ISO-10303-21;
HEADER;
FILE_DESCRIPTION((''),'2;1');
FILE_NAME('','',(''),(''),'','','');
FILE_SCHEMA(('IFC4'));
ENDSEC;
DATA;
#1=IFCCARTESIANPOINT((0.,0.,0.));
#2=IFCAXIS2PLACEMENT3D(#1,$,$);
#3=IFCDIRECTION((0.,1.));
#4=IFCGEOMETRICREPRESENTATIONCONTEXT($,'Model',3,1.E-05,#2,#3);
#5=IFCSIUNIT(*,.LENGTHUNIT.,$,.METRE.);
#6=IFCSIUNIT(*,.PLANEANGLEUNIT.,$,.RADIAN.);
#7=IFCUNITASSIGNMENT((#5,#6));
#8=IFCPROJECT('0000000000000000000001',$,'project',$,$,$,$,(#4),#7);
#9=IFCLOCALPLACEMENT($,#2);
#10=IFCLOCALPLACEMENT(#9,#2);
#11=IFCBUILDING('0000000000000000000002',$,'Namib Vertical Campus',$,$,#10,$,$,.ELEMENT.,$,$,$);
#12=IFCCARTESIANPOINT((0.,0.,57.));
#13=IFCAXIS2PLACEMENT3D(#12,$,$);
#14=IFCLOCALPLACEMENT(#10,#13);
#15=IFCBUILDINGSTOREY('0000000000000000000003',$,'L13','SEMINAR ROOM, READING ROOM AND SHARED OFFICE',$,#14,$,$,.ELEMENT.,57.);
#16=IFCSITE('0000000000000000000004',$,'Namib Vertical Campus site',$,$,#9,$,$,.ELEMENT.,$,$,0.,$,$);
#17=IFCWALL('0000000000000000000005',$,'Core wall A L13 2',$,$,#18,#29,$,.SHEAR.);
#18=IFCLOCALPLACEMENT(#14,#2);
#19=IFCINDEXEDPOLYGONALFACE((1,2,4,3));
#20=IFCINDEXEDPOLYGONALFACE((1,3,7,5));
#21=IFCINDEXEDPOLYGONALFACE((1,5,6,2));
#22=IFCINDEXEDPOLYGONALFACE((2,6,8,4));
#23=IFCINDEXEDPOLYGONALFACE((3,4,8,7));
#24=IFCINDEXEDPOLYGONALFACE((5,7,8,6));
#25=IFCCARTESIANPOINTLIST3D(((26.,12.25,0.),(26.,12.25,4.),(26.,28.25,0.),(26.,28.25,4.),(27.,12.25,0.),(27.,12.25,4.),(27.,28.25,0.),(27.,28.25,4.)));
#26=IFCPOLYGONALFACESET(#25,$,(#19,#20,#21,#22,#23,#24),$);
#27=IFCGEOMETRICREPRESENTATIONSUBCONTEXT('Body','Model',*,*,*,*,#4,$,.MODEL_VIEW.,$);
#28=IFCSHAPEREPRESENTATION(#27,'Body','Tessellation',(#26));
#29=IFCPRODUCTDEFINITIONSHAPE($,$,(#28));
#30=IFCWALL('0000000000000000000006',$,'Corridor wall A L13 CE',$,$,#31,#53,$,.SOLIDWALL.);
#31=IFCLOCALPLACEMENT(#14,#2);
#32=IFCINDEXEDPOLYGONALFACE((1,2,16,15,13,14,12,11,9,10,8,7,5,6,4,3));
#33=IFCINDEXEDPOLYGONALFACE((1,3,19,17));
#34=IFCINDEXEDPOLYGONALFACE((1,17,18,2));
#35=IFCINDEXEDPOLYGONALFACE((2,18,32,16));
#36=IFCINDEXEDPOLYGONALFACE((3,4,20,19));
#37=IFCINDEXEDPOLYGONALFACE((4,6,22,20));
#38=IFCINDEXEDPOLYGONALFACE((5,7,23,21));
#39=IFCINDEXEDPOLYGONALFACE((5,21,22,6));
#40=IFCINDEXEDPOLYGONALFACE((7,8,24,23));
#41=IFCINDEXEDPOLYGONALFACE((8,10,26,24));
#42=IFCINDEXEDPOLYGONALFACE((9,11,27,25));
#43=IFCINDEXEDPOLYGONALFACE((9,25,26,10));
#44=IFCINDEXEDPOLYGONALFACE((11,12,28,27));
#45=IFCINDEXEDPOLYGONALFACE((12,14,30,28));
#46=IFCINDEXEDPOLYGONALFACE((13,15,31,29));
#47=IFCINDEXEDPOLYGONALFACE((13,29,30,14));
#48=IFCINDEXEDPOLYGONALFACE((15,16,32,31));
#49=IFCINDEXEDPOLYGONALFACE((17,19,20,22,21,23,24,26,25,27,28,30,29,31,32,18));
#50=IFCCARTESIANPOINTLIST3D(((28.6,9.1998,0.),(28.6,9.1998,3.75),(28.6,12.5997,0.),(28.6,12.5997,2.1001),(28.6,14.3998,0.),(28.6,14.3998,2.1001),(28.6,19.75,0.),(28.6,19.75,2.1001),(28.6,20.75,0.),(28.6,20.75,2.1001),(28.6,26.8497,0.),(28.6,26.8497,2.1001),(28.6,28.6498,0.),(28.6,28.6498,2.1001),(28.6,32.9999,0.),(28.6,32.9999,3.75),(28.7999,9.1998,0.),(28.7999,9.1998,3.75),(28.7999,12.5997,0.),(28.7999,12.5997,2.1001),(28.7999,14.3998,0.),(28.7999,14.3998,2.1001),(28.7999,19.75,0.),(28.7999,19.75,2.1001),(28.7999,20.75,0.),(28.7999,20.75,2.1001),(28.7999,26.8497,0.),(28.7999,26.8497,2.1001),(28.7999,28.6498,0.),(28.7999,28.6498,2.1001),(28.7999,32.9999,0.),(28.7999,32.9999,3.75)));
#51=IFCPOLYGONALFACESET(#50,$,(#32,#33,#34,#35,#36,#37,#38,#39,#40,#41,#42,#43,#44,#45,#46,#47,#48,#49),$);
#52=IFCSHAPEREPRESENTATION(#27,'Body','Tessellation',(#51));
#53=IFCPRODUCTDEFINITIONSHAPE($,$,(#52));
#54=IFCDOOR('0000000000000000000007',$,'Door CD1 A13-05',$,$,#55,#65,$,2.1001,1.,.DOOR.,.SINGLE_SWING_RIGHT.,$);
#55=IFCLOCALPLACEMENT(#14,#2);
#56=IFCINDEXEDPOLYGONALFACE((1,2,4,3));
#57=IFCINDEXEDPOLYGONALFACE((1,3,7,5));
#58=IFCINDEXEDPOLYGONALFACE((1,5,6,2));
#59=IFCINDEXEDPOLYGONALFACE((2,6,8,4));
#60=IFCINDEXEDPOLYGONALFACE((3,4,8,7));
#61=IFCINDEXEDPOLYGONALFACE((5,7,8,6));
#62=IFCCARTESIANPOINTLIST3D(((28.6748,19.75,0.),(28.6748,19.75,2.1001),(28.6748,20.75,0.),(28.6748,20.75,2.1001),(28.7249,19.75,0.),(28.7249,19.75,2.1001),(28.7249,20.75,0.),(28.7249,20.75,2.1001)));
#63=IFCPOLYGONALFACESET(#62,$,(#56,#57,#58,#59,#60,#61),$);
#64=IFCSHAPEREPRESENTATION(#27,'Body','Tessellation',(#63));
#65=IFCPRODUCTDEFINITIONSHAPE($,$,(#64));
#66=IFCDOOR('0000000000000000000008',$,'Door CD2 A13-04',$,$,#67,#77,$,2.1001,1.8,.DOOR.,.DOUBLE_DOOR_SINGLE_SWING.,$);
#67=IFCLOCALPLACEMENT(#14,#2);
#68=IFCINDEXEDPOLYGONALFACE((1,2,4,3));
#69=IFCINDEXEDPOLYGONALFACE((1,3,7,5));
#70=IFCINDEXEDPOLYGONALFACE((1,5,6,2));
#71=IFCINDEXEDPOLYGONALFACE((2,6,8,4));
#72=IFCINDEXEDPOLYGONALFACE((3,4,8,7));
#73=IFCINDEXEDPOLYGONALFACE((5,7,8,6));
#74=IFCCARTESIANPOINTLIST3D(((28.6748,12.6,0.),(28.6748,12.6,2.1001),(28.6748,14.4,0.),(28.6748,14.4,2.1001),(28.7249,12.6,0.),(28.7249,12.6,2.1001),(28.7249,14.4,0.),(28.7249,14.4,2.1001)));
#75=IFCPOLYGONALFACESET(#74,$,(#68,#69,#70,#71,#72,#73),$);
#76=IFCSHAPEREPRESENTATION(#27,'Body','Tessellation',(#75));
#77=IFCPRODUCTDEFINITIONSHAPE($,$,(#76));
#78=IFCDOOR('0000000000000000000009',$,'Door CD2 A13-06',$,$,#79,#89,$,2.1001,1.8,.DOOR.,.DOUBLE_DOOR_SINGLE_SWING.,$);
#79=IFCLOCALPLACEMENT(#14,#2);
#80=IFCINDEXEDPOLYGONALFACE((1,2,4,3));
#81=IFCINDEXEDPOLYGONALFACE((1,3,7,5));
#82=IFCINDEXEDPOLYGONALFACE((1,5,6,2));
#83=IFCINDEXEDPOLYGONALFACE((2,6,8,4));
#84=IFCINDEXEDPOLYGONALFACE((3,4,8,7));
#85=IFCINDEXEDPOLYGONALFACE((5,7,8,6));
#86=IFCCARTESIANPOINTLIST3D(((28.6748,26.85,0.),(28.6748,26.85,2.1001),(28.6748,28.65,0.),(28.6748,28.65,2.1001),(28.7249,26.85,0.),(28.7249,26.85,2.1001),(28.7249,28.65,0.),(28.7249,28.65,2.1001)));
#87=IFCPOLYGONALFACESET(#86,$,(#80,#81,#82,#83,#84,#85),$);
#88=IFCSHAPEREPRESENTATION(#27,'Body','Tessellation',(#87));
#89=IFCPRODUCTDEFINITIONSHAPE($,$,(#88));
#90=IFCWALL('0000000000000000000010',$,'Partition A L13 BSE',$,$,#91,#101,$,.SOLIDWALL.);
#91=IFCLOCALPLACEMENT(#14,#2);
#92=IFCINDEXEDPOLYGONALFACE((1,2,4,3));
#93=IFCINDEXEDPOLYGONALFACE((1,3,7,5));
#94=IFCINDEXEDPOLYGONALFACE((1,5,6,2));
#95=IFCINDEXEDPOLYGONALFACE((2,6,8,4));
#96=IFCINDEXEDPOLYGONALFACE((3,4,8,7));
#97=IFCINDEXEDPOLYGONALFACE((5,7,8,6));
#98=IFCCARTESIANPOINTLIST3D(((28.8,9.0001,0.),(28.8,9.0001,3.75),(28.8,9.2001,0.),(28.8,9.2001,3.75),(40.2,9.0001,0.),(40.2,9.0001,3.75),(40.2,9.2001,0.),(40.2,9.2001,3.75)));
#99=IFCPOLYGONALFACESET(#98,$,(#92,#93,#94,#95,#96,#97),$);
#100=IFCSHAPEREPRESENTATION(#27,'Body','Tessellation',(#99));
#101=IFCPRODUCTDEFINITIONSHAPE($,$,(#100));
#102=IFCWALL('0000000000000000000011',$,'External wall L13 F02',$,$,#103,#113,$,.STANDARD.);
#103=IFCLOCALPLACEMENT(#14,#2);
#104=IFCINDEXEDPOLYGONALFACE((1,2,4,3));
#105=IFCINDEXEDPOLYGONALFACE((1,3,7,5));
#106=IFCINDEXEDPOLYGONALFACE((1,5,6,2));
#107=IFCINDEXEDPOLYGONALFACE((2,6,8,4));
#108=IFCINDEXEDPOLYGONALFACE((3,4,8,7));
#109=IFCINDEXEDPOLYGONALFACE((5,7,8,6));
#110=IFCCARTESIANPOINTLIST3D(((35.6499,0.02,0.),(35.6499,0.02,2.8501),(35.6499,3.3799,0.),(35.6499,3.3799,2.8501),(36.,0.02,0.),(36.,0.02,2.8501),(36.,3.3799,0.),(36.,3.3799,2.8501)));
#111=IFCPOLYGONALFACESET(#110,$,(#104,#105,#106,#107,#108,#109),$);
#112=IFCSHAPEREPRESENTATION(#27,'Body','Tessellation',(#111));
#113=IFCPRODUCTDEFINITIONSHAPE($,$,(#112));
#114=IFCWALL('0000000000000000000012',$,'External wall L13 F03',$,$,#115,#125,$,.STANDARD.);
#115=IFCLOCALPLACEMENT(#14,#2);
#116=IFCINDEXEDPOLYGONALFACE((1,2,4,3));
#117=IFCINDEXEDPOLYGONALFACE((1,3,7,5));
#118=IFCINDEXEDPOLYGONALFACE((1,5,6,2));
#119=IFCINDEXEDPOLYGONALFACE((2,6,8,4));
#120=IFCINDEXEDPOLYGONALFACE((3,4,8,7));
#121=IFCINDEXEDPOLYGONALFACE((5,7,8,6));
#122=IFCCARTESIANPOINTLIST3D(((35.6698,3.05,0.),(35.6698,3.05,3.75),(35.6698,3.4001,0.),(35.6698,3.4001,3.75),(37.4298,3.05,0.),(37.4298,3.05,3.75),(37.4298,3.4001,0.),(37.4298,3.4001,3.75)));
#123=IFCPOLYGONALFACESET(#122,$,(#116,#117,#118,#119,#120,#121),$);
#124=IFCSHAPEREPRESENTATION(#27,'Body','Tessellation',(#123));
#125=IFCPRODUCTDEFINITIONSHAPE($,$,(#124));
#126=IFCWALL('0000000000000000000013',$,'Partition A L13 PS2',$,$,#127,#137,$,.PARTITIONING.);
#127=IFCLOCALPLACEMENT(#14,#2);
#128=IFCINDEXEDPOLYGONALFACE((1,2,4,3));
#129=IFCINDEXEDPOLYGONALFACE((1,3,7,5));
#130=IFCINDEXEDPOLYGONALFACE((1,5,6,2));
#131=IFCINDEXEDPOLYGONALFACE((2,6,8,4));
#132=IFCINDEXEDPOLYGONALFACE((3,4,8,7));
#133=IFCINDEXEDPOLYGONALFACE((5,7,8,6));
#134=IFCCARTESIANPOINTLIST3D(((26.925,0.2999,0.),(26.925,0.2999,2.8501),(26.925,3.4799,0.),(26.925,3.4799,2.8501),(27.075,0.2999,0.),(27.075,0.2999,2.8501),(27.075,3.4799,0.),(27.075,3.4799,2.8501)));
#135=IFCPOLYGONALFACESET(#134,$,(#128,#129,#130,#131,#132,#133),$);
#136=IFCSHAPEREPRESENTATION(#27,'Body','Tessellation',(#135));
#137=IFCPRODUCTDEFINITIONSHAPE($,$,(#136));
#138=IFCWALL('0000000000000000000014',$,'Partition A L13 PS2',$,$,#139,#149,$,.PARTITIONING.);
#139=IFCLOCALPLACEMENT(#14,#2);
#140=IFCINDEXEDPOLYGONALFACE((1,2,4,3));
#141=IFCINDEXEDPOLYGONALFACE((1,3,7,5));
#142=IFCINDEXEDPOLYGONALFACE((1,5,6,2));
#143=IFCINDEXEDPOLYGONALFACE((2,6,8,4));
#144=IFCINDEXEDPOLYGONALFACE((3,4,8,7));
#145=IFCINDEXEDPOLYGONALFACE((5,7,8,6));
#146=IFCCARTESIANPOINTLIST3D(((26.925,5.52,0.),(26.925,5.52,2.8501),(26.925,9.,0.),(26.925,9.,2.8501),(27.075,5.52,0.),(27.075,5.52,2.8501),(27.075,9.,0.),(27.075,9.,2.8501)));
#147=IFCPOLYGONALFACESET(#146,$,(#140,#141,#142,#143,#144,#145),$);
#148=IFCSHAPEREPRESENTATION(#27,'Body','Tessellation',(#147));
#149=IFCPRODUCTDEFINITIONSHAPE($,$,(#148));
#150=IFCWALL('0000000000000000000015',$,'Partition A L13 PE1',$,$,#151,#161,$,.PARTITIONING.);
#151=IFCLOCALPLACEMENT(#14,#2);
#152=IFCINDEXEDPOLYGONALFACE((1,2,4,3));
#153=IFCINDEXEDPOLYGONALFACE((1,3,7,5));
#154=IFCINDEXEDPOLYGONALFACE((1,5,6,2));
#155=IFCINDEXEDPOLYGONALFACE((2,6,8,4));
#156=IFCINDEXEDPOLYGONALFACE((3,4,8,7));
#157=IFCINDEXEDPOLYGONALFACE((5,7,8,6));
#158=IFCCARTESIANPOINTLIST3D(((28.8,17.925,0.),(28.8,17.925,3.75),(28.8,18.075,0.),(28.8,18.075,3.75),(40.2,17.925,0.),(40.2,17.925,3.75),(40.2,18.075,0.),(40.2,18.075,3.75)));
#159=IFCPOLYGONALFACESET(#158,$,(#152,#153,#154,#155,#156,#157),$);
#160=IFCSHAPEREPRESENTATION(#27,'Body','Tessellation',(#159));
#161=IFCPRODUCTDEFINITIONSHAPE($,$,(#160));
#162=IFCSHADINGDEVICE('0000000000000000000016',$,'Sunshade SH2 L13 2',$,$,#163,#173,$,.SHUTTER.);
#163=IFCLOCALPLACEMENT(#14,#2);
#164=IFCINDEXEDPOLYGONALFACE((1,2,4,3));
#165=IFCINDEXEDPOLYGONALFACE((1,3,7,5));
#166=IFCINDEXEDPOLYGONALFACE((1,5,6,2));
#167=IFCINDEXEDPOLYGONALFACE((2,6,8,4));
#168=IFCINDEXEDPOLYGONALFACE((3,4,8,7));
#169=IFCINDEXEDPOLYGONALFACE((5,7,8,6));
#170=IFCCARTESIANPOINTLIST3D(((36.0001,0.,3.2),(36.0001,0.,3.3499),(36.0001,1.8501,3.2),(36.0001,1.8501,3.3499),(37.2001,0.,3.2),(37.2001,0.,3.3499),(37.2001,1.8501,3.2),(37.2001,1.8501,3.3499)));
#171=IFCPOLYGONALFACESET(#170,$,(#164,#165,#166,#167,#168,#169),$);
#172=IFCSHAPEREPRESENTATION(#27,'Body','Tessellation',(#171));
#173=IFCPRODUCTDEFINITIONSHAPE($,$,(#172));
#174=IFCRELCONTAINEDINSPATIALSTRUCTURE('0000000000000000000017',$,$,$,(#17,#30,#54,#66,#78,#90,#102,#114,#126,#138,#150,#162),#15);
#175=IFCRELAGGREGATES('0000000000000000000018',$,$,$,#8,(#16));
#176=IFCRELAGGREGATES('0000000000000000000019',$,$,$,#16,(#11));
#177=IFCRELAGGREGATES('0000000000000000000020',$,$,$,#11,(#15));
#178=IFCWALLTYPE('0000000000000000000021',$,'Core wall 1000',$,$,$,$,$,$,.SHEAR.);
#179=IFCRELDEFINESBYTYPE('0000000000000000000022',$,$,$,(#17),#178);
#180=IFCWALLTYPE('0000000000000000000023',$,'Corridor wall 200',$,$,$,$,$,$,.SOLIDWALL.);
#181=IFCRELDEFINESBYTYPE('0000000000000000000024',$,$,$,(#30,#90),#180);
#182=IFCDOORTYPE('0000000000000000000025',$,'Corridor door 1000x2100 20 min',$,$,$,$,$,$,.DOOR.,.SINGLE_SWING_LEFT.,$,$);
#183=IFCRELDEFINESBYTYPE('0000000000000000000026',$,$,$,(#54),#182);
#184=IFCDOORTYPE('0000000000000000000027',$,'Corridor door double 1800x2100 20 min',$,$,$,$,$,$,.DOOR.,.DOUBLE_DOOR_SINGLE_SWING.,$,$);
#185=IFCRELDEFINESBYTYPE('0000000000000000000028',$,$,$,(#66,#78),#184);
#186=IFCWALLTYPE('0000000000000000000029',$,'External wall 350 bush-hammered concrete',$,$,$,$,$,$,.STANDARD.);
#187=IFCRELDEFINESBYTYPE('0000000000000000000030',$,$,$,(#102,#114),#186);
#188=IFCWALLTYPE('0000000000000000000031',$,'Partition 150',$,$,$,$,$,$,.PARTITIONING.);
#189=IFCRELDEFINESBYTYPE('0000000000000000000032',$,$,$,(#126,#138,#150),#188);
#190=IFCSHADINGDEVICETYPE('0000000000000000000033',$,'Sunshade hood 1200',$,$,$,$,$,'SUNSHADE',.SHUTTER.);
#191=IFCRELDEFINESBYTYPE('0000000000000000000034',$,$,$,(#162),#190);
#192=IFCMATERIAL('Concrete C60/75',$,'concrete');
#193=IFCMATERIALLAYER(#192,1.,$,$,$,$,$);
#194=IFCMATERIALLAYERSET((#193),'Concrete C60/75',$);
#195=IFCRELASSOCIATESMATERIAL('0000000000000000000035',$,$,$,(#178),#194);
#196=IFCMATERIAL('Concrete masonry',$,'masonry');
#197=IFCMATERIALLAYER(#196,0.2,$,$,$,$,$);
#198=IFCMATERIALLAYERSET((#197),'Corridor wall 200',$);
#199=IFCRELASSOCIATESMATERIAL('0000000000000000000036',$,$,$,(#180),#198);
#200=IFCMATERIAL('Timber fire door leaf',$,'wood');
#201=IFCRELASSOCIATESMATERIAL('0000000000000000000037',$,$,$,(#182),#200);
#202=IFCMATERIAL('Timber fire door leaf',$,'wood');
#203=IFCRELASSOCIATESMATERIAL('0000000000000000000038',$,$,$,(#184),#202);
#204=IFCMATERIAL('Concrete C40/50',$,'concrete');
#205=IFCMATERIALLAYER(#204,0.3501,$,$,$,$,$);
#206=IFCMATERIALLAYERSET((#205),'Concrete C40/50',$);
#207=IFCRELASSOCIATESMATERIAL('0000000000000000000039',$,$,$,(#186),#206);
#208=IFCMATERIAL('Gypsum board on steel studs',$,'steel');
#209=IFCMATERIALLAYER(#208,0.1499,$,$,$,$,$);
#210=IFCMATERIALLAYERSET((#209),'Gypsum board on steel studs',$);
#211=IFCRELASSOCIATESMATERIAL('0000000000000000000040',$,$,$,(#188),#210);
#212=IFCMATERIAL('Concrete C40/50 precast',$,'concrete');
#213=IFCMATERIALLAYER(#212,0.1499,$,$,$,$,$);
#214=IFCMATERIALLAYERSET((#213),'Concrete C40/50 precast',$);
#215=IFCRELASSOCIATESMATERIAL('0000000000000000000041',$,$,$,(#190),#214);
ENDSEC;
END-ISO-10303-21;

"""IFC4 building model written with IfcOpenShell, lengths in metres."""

from ifc_helpers import new_model, si_unit, direction, frame, frame_2d, origin, origin_2d, place, context, subcontext, project, spatial, rectangle, extrude, material, layer, layer_set, type_object, element, fill, save


model = new_model("IFC4")

# Units and contexts
model_context = context("Model", 3, precision=1e-05, world=origin(), true_north=direction((0.0, 1.0)))
body_context = subcontext(model_context, "Body", "Model", "MODEL_VIEW")
ifc_project = project(units=[si_unit("LENGTHUNIT", "METRE"), si_unit("PLANEANGLEUNIT", "RADIAN")], contexts=[model_context])

# Site, building, storey
site_placement = place(None, origin())
site = spatial("IfcSite", under=ifc_project, at=site_placement, Name="Namib Vertical Campus site", CompositionType="ELEMENT", RefElevation=0.0)
building_placement = place(site_placement, origin())
building = spatial("IfcBuilding", under=site, at=building_placement, Name="Namib Vertical Campus", CompositionType="ELEMENT")
storey_placement = place(building_placement, frame((0.0, 0.0, 57.0)))
storey = spatial("IfcBuildingStorey", under=building, at=storey_placement, Name="L13", Description="SEMINAR ROOM, READING ROOM AND SHARED OFFICE", CompositionType="ELEMENT", Elevation=57.0)

# Wall
ifc_material_1 = material(Name="Concrete C60/75", Category="concrete")
ifc_layer_1 = layer(ifc_material_1, 1.0)
ifc_layer_set_1 = layer_set([ifc_layer_1], Name="Concrete C60/75")
wall_type_1 = type_object("IfcWallType", Name="Core wall 1000", PredefinedType="SHEAR", material=ifc_layer_set_1)
wall_1_placement = place(storey_placement, frame((26.5, 12.25, 0.0), z_axis=(0.0, 0.0, 1.0), x_axis=(0.0, 1.0, 0.0)))
element("IfcWall", 1, at=wall_1_placement, inside=storey, type_object=wall_type_1, Name="Core wall A L13 2", PredefinedType="SHEAR", context=body_context, shape_type="SweptSolid", body=[
    extrude(rectangle(XDim=16.0, YDim=1.0, at=frame_2d((8.0, 0.0))), origin(), (0.0, 0.0, 1.0), 4.0),
])

# Wall, openings, doors
ifc_material_2 = material(Name="Concrete masonry", Category="masonry")
ifc_layer_2 = layer(ifc_material_2, 0.2)
ifc_layer_set_2 = layer_set([ifc_layer_2], Name="Corridor wall 200")
wall_type_2 = type_object("IfcWallType", Name="Corridor wall 200", PredefinedType="SOLIDWALL", material=ifc_layer_set_2)
wall_2_placement = place(storey_placement, frame((28.7, 9.2, 0.0), z_axis=(0.0, 0.0, 1.0), x_axis=(0.0, 1.0, 0.0)))
wall_2 = element("IfcWall", 2, at=wall_2_placement, inside=storey, type_object=wall_type_2, Name="Corridor wall A L13 CE", PredefinedType="SOLIDWALL", context=body_context, shape_type="SweptSolid", body=[
    extrude(rectangle(XDim=23.8, YDim=0.2, at=frame_2d((11.8999, 0.0))), origin(), (0.0, 0.0, 1.0), 3.75),
])
opening_1_placement = place(wall_2_placement, frame((3.3999, 0.0, 0.0)))
opening_1 = element("IfcOpeningElement", 3, at=opening_1_placement, cuts=wall_2, PredefinedType="OPENING", context=body_context, shape_type="SweptSolid", body=[
    extrude(rectangle(XDim=1.8, YDim=2.1001, at=frame_2d((0.8999, 1.05))), frame((0.0, 0.1099, 0.0), z_axis=(0.0, -1.0, 0.0), x_axis=(1.0, 0.0, 0.0)), (0.0, 0.0, 1.0), 0.22),
])
opening_2_placement = place(wall_2_placement, frame((10.55, 0.0, 0.0)))
opening_2 = element("IfcOpeningElement", 4, at=opening_2_placement, cuts=wall_2, PredefinedType="OPENING", context=body_context, shape_type="SweptSolid", body=[
    extrude(rectangle(XDim=1.0, YDim=2.1001, at=frame_2d((0.5, 1.05))), frame((0.0, 0.1099, 0.0), z_axis=(0.0, -1.0, 0.0), x_axis=(1.0, 0.0, 0.0)), (0.0, 0.0, 1.0), 0.22),
])
opening_3_placement = place(wall_2_placement, frame((17.6499, 0.0, 0.0)))
opening_3 = element("IfcOpeningElement", 5, at=opening_3_placement, cuts=wall_2, PredefinedType="OPENING", context=body_context, shape_type="SweptSolid", body=[
    extrude(rectangle(XDim=1.8, YDim=2.1001, at=frame_2d((0.8999, 1.05))), frame((0.0, 0.1099, 0.0), z_axis=(0.0, -1.0, 0.0), x_axis=(1.0, 0.0, 0.0)), (0.0, 0.0, 1.0), 0.22),
])
ifc_material_3 = material(Name="Timber fire door leaf", Category="wood")
door_type_1 = type_object("IfcDoorType", Name="Corridor door 1000x2100 20 min", OperationType="SINGLE_SWING_LEFT", PredefinedType="DOOR", material=ifc_material_3)
door_1_placement = place(opening_2_placement, frame((1.0, 0.0, 0.0), z_axis=(0.0, 0.0, 1.0), x_axis=(-1.0, 0.0, 0.0)))
door_1 = element("IfcDoor", 6, at=door_1_placement, inside=storey, type_object=door_type_1, Name="Door CD1 A13-05", OperationType="SINGLE_SWING_RIGHT", OverallHeight=2.1001, OverallWidth=1.0, PredefinedType="DOOR", context=body_context, shape_type="SweptSolid", body=[
    extrude(rectangle(XDim=1.0, YDim=2.1001, at=frame_2d((0.5, 1.05))), frame((0.0, 0.0249, 0.0), z_axis=(0.0, -1.0, 0.0), x_axis=(1.0, 0.0, 0.0)), (0.0, 0.0, 1.0), 0.05),
])
fill(opening_2, door_1)
ifc_material_4 = material(Name="Timber fire door leaf", Category="wood")
door_type_2 = type_object("IfcDoorType", Name="Corridor door double 1800x2100 20 min", OperationType="DOUBLE_DOOR_SINGLE_SWING", PredefinedType="DOOR", material=ifc_material_4)
door_2_placement = place(opening_1_placement, frame((1.8, 0.0, 0.0), z_axis=(0.0, 0.0, 1.0), x_axis=(-1.0, 0.0, 0.0)))
door_2 = element("IfcDoor", 7, at=door_2_placement, inside=storey, type_object=door_type_2, Name="Door CD2 A13-04", OperationType="DOUBLE_DOOR_SINGLE_SWING", OverallHeight=2.1001, OverallWidth=1.8, PredefinedType="DOOR", context=body_context, shape_type="SweptSolid", body=[
    extrude(rectangle(XDim=1.8, YDim=2.1001, at=frame_2d((0.8999, 1.05))), frame((0.0, 0.0249, 0.0), z_axis=(0.0, -1.0, 0.0), x_axis=(1.0, 0.0, 0.0)), (0.0, 0.0, 1.0), 0.05),
])
fill(opening_1, door_2)
door_3_placement = place(opening_3_placement, frame((1.8, 0.0, 0.0), z_axis=(0.0, 0.0, 1.0), x_axis=(-1.0, 0.0, 0.0)))
door_3 = element("IfcDoor", 8, at=door_3_placement, inside=storey, type_object=door_type_2, Name="Door CD2 A13-06", OperationType="DOUBLE_DOOR_SINGLE_SWING", OverallHeight=2.1001, OverallWidth=1.8, PredefinedType="DOOR", context=body_context, shape_type="SweptSolid", body=[
    extrude(rectangle(XDim=1.8, YDim=2.1001, at=frame_2d((0.8999, 1.05))), frame((0.0, 0.0249, 0.0), z_axis=(0.0, -1.0, 0.0), x_axis=(1.0, 0.0, 0.0)), (0.0, 0.0, 1.0), 0.05),
])
fill(opening_3, door_3)

# Walls
wall_3_placement = place(storey_placement, frame((28.8, 9.1001, 0.0), z_axis=(0.0, 0.0, 1.0), x_axis=(1.0, 0.0, 0.0)))
element("IfcWall", 9, at=wall_3_placement, inside=storey, type_object=wall_type_2, Name="Partition A L13 BSE", PredefinedType="SOLIDWALL", context=body_context, shape_type="SweptSolid", body=[
    extrude(rectangle(XDim=11.3999, YDim=0.2, at=frame_2d((5.7, 0.0))), origin(), (0.0, 0.0, 1.0), 3.75),
])
ifc_material_5 = material(Name="Concrete C40/50", Category="concrete")
ifc_layer_3 = layer(ifc_material_5, 0.3501)
ifc_layer_set_3 = layer_set([ifc_layer_3], Name="Concrete C40/50")
wall_type_3 = type_object("IfcWallType", Name="External wall 350 bush-hammered concrete", PredefinedType="STANDARD", material=ifc_layer_set_3)
wall_4_placement = place(storey_placement, frame((35.825, 0.02, 0.0), z_axis=(0.0, 0.0, 1.0), x_axis=(0.0, 1.0, 0.0)))
element("IfcWall", 10, at=wall_4_placement, inside=storey, type_object=wall_type_3, Name="External wall L13 F02", PredefinedType="STANDARD", context=body_context, shape_type="SweptSolid", body=[
    extrude(rectangle(XDim=3.3599, YDim=0.3501, at=frame_2d((1.6799, 0.0))), origin(), (0.0, 0.0, 1.0), 2.8501),
])
wall_5_placement = place(storey_placement, frame((35.6699, 3.2251, 0.0), z_axis=(0.0, 0.0, 1.0), x_axis=(1.0, 0.0, 0.0)))
element("IfcWall", 11, at=wall_5_placement, inside=storey, type_object=wall_type_3, Name="External wall L13 F03", PredefinedType="STANDARD", context=body_context, shape_type="SweptSolid", body=[
    extrude(rectangle(XDim=1.76, YDim=0.3501, at=frame_2d((0.8799, 0.0))), origin(), (0.0, 0.0, 1.0), 3.75),
])
ifc_material_6 = material(Name="Gypsum board on steel studs", Category="steel")
ifc_layer_4 = layer(ifc_material_6, 0.1499)
ifc_layer_set_4 = layer_set([ifc_layer_4], Name="Gypsum board on steel studs")
wall_type_4 = type_object("IfcWallType", Name="Partition 150", PredefinedType="PARTITIONING", material=ifc_layer_set_4)
wall_6_placement = place(storey_placement, frame((27.0, 0.3, 0.0), z_axis=(0.0, 0.0, 1.0), x_axis=(0.0, 1.0, 0.0)))
element("IfcWall", 12, at=wall_6_placement, inside=storey, type_object=wall_type_4, Name="Partition A L13 PS2", PredefinedType="PARTITIONING", context=body_context, shape_type="SweptSolid", body=[
    extrude(rectangle(XDim=3.1799, YDim=0.1499, at=frame_2d((1.5898, 0.0))), origin(), (0.0, 0.0, 1.0), 2.8501),
])
wall_7_placement = place(storey_placement, frame((27.0, 5.52, 0.0), z_axis=(0.0, 0.0, 1.0), x_axis=(0.0, 1.0, 0.0)))
element("IfcWall", 13, at=wall_7_placement, inside=storey, type_object=wall_type_4, Name="Partition A L13 PS2", PredefinedType="PARTITIONING", context=body_context, shape_type="SweptSolid", body=[
    extrude(rectangle(XDim=3.48, YDim=0.1499, at=frame_2d((1.74, 0.0))), origin(), (0.0, 0.0, 1.0), 2.8501),
])
wall_8_placement = place(storey_placement, frame((28.8, 18.0, 0.0), z_axis=(0.0, 0.0, 1.0), x_axis=(1.0, 0.0, 0.0)))
element("IfcWall", 14, at=wall_8_placement, inside=storey, type_object=wall_type_4, Name="Partition A L13 PE1", PredefinedType="PARTITIONING", context=body_context, shape_type="SweptSolid", body=[
    extrude(rectangle(XDim=11.3999, YDim=0.1499, at=frame_2d((5.7, 0.0))), origin(), (0.0, 0.0, 1.0), 3.75),
])

# Shading device
ifc_material_7 = material(Name="Concrete C40/50 precast", Category="concrete")
ifc_layer_5 = layer(ifc_material_7, 0.1499)
ifc_layer_set_5 = layer_set([ifc_layer_5], Name="Concrete C40/50 precast")
shading_device_type = type_object("IfcShadingDeviceType", Name="Sunshade hood 1200", ElementType="SUNSHADE", PredefinedType="SHUTTER", material=ifc_layer_set_5)
shading_device_placement = place(storey_placement, frame((36.6001, 0.925, 3.2), z_axis=(0.0, 0.0, 1.0), x_axis=(0.0, 1.0, 0.0)))
element("IfcShadingDevice", 15, at=shading_device_placement, inside=storey, type_object=shading_device_type, Name="Sunshade SH2 L13 2", PredefinedType="SHUTTER", context=body_context, shape_type="SweptSolid", body=[
    extrude(rectangle(XDim=1.8501, YDim=1.2, at=origin_2d()), origin(), (0.0, 0.0, 1.0), 0.1499),
])

save(model, "model.ifc")
